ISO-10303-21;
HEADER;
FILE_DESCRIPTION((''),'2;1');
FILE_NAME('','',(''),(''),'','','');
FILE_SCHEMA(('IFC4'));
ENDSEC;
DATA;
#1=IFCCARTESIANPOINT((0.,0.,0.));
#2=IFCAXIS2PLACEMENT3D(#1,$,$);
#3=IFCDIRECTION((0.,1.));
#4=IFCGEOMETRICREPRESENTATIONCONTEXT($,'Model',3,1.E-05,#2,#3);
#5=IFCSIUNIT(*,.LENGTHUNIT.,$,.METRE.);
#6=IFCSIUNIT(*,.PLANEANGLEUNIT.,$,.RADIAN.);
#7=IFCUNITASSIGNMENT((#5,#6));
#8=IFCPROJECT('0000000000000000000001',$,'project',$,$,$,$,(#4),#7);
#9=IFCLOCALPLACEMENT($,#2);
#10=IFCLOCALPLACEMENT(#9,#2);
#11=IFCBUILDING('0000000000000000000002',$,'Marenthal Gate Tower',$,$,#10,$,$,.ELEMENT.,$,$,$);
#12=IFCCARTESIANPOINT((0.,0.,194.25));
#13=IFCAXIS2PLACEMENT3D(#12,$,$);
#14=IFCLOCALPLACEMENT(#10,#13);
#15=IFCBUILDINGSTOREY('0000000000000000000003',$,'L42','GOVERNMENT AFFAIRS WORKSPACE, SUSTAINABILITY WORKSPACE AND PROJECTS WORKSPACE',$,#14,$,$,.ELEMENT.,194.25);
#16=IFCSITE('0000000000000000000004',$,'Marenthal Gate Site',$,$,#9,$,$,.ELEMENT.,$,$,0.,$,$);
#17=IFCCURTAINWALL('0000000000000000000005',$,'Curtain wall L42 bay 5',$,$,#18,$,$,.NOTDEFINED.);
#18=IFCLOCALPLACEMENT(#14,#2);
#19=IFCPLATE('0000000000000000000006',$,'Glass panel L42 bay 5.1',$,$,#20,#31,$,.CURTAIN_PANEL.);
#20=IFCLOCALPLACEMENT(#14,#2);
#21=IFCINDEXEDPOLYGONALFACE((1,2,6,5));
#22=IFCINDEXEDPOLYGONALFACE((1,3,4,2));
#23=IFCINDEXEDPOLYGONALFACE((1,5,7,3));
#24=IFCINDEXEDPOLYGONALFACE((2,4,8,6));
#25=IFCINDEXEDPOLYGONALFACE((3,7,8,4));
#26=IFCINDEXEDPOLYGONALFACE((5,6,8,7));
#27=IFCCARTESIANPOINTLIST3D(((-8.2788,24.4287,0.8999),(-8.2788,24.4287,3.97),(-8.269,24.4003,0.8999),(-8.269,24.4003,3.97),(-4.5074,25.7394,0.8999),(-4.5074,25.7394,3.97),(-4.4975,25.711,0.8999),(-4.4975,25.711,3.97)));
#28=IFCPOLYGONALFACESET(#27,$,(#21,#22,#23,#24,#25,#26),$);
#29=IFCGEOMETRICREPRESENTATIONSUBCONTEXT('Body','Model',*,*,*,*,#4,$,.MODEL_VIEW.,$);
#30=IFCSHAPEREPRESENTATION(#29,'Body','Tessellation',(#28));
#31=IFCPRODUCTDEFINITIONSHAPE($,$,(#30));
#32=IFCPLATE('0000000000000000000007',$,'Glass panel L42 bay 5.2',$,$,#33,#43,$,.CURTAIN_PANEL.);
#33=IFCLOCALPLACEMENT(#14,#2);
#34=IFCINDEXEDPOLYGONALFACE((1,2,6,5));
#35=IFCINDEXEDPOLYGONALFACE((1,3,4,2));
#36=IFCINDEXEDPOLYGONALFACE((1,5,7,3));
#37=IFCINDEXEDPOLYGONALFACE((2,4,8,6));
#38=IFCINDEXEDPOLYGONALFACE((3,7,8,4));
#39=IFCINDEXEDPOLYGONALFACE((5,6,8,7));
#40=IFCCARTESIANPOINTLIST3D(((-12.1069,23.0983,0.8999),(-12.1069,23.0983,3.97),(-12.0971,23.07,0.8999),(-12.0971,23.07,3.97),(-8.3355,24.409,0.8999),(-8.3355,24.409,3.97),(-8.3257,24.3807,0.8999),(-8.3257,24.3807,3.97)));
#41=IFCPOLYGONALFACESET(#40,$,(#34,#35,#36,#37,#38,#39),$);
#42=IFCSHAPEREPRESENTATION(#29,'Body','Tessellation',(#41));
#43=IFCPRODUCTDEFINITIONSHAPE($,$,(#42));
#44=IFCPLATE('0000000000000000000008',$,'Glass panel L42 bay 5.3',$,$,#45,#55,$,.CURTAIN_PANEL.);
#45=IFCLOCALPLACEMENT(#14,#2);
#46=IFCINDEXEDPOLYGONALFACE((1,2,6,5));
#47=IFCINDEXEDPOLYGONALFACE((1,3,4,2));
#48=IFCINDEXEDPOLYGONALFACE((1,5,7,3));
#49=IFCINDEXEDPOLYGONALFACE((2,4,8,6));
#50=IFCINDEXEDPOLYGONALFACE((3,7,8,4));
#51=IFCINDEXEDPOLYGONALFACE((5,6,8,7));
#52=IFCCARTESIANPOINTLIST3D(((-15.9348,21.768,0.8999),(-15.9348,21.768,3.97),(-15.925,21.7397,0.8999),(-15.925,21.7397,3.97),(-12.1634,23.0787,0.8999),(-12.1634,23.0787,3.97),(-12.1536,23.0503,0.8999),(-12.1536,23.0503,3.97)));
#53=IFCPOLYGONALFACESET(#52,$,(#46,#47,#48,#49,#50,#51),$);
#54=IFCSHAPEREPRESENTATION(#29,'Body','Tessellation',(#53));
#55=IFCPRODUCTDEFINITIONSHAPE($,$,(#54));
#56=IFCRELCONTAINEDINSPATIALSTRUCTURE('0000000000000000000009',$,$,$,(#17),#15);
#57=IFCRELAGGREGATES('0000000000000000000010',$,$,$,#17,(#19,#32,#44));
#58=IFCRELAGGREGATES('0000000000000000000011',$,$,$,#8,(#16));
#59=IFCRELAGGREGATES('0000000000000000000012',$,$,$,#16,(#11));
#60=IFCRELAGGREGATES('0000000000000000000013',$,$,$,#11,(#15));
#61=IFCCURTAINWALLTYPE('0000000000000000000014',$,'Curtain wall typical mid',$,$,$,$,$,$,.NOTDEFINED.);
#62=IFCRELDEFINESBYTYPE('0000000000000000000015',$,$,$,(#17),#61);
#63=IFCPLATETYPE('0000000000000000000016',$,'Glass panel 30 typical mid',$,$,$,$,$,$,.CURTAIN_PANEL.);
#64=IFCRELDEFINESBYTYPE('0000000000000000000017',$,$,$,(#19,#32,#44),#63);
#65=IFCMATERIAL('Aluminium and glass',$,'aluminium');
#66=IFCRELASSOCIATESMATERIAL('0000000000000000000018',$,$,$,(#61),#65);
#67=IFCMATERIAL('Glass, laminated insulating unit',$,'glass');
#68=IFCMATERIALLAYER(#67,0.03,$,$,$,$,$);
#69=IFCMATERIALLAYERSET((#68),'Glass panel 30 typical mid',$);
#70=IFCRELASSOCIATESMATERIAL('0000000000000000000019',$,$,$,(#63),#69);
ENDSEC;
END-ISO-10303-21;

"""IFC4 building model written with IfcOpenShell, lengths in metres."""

from ifc_helpers import new_model, si_unit, direction, frame, origin, origin_2d, place, context, subcontext, project, spatial, rectangle, extrude, material, layer, layer_set, type_object, element, aggregate, save


model = new_model("IFC4")

# Units and contexts
model_context = context("Model", 3, precision=1e-05, world=origin(), true_north=direction((0.0, 1.0)))
body_context = subcontext(model_context, "Body", "Model", "MODEL_VIEW")
ifc_project = project(units=[si_unit("LENGTHUNIT", "METRE"), si_unit("PLANEANGLEUNIT", "RADIAN")], contexts=[model_context])

# Site, building, storey
site_placement = place(None, origin())
site = spatial("IfcSite", under=ifc_project, at=site_placement, Name="Marenthal Gate Site", CompositionType="ELEMENT", RefElevation=0.0)
building_placement = place(site_placement, origin())
building = spatial("IfcBuilding", under=site, at=building_placement, Name="Marenthal Gate Tower", CompositionType="ELEMENT")
storey_placement = place(building_placement, frame((0.0, 0.0, 194.25)))
storey = spatial("IfcBuildingStorey", under=building, at=storey_placement, Name="L42", Description="GOVERNMENT AFFAIRS WORKSPACE, SUSTAINABILITY WORKSPACE AND PROJECTS WORKSPACE", CompositionType="ELEMENT", Elevation=194.25)

# Curtain wall
ifc_material_1 = material(Name="Aluminium and glass", Category="aluminium")
curtain_wall_type = type_object("IfcCurtainWallType", Name="Curtain wall typical mid", PredefinedType="NOTDEFINED", material=ifc_material_1)
curtain_wall_placement = place(storey_placement, origin())
curtain_wall = element("IfcCurtainWall", 1, at=curtain_wall_placement, inside=storey, type_object=curtain_wall_type, Name="Curtain wall L42 bay 5", PredefinedType="NOTDEFINED")

# Plates
ifc_material_2 = material(Name="Glass, laminated insulating unit", Category="glass")
ifc_layer = layer(ifc_material_2, 0.03)
ifc_layer_set = layer_set([ifc_layer], Name="Glass panel 30 typical mid")
plate_type = type_object("IfcPlateType", Name="Glass panel 30 typical mid", PredefinedType="CURTAIN_PANEL", material=ifc_layer_set)
plate_1_placement = place(storey_placement, frame((-6.3882, 25.0698, 0.8999), z_axis=(0.0, 0.0, 1.0), x_axis=(-0.944583, -0.328273, 0.0)))
plate_1 = element("IfcPlate", 2, at=plate_1_placement, type_object=plate_type, Name="Glass panel L42 bay 5.1", PredefinedType="CURTAIN_PANEL", context=body_context, shape_type="SweptSolid", body=[
    extrude(rectangle(XDim=3.9927, YDim=0.03, at=origin_2d()), origin(), (0.0, 0.0, 1.0), 3.0701),
])
plate_2_placement = place(storey_placement, frame((-10.2163, 23.7395, 0.8999), z_axis=(0.0, 0.0, 1.0), x_axis=(-0.944583, -0.328273, 0.0)))
plate_2 = element("IfcPlate", 3, at=plate_2_placement, type_object=plate_type, Name="Glass panel L42 bay 5.2", PredefinedType="CURTAIN_PANEL", context=body_context, shape_type="SweptSolid", body=[
    extrude(rectangle(XDim=3.9927, YDim=0.03, at=origin_2d()), origin(), (0.0, 0.0, 1.0), 3.0701),
])
plate_3_placement = place(storey_placement, frame((-14.0442, 22.4092, 0.8999), z_axis=(0.0, 0.0, 1.0), x_axis=(-0.944583, -0.328273, 0.0)))
plate_3 = element("IfcPlate", 4, at=plate_3_placement, type_object=plate_type, Name="Glass panel L42 bay 5.3", PredefinedType="CURTAIN_PANEL", context=body_context, shape_type="SweptSolid", body=[
    extrude(rectangle(XDim=3.9927, YDim=0.03, at=origin_2d()), origin(), (0.0, 0.0, 1.0), 3.0701),
])
aggregate(curtain_wall, [plate_1, plate_2, plate_3])

save(model, "model.ifc")
